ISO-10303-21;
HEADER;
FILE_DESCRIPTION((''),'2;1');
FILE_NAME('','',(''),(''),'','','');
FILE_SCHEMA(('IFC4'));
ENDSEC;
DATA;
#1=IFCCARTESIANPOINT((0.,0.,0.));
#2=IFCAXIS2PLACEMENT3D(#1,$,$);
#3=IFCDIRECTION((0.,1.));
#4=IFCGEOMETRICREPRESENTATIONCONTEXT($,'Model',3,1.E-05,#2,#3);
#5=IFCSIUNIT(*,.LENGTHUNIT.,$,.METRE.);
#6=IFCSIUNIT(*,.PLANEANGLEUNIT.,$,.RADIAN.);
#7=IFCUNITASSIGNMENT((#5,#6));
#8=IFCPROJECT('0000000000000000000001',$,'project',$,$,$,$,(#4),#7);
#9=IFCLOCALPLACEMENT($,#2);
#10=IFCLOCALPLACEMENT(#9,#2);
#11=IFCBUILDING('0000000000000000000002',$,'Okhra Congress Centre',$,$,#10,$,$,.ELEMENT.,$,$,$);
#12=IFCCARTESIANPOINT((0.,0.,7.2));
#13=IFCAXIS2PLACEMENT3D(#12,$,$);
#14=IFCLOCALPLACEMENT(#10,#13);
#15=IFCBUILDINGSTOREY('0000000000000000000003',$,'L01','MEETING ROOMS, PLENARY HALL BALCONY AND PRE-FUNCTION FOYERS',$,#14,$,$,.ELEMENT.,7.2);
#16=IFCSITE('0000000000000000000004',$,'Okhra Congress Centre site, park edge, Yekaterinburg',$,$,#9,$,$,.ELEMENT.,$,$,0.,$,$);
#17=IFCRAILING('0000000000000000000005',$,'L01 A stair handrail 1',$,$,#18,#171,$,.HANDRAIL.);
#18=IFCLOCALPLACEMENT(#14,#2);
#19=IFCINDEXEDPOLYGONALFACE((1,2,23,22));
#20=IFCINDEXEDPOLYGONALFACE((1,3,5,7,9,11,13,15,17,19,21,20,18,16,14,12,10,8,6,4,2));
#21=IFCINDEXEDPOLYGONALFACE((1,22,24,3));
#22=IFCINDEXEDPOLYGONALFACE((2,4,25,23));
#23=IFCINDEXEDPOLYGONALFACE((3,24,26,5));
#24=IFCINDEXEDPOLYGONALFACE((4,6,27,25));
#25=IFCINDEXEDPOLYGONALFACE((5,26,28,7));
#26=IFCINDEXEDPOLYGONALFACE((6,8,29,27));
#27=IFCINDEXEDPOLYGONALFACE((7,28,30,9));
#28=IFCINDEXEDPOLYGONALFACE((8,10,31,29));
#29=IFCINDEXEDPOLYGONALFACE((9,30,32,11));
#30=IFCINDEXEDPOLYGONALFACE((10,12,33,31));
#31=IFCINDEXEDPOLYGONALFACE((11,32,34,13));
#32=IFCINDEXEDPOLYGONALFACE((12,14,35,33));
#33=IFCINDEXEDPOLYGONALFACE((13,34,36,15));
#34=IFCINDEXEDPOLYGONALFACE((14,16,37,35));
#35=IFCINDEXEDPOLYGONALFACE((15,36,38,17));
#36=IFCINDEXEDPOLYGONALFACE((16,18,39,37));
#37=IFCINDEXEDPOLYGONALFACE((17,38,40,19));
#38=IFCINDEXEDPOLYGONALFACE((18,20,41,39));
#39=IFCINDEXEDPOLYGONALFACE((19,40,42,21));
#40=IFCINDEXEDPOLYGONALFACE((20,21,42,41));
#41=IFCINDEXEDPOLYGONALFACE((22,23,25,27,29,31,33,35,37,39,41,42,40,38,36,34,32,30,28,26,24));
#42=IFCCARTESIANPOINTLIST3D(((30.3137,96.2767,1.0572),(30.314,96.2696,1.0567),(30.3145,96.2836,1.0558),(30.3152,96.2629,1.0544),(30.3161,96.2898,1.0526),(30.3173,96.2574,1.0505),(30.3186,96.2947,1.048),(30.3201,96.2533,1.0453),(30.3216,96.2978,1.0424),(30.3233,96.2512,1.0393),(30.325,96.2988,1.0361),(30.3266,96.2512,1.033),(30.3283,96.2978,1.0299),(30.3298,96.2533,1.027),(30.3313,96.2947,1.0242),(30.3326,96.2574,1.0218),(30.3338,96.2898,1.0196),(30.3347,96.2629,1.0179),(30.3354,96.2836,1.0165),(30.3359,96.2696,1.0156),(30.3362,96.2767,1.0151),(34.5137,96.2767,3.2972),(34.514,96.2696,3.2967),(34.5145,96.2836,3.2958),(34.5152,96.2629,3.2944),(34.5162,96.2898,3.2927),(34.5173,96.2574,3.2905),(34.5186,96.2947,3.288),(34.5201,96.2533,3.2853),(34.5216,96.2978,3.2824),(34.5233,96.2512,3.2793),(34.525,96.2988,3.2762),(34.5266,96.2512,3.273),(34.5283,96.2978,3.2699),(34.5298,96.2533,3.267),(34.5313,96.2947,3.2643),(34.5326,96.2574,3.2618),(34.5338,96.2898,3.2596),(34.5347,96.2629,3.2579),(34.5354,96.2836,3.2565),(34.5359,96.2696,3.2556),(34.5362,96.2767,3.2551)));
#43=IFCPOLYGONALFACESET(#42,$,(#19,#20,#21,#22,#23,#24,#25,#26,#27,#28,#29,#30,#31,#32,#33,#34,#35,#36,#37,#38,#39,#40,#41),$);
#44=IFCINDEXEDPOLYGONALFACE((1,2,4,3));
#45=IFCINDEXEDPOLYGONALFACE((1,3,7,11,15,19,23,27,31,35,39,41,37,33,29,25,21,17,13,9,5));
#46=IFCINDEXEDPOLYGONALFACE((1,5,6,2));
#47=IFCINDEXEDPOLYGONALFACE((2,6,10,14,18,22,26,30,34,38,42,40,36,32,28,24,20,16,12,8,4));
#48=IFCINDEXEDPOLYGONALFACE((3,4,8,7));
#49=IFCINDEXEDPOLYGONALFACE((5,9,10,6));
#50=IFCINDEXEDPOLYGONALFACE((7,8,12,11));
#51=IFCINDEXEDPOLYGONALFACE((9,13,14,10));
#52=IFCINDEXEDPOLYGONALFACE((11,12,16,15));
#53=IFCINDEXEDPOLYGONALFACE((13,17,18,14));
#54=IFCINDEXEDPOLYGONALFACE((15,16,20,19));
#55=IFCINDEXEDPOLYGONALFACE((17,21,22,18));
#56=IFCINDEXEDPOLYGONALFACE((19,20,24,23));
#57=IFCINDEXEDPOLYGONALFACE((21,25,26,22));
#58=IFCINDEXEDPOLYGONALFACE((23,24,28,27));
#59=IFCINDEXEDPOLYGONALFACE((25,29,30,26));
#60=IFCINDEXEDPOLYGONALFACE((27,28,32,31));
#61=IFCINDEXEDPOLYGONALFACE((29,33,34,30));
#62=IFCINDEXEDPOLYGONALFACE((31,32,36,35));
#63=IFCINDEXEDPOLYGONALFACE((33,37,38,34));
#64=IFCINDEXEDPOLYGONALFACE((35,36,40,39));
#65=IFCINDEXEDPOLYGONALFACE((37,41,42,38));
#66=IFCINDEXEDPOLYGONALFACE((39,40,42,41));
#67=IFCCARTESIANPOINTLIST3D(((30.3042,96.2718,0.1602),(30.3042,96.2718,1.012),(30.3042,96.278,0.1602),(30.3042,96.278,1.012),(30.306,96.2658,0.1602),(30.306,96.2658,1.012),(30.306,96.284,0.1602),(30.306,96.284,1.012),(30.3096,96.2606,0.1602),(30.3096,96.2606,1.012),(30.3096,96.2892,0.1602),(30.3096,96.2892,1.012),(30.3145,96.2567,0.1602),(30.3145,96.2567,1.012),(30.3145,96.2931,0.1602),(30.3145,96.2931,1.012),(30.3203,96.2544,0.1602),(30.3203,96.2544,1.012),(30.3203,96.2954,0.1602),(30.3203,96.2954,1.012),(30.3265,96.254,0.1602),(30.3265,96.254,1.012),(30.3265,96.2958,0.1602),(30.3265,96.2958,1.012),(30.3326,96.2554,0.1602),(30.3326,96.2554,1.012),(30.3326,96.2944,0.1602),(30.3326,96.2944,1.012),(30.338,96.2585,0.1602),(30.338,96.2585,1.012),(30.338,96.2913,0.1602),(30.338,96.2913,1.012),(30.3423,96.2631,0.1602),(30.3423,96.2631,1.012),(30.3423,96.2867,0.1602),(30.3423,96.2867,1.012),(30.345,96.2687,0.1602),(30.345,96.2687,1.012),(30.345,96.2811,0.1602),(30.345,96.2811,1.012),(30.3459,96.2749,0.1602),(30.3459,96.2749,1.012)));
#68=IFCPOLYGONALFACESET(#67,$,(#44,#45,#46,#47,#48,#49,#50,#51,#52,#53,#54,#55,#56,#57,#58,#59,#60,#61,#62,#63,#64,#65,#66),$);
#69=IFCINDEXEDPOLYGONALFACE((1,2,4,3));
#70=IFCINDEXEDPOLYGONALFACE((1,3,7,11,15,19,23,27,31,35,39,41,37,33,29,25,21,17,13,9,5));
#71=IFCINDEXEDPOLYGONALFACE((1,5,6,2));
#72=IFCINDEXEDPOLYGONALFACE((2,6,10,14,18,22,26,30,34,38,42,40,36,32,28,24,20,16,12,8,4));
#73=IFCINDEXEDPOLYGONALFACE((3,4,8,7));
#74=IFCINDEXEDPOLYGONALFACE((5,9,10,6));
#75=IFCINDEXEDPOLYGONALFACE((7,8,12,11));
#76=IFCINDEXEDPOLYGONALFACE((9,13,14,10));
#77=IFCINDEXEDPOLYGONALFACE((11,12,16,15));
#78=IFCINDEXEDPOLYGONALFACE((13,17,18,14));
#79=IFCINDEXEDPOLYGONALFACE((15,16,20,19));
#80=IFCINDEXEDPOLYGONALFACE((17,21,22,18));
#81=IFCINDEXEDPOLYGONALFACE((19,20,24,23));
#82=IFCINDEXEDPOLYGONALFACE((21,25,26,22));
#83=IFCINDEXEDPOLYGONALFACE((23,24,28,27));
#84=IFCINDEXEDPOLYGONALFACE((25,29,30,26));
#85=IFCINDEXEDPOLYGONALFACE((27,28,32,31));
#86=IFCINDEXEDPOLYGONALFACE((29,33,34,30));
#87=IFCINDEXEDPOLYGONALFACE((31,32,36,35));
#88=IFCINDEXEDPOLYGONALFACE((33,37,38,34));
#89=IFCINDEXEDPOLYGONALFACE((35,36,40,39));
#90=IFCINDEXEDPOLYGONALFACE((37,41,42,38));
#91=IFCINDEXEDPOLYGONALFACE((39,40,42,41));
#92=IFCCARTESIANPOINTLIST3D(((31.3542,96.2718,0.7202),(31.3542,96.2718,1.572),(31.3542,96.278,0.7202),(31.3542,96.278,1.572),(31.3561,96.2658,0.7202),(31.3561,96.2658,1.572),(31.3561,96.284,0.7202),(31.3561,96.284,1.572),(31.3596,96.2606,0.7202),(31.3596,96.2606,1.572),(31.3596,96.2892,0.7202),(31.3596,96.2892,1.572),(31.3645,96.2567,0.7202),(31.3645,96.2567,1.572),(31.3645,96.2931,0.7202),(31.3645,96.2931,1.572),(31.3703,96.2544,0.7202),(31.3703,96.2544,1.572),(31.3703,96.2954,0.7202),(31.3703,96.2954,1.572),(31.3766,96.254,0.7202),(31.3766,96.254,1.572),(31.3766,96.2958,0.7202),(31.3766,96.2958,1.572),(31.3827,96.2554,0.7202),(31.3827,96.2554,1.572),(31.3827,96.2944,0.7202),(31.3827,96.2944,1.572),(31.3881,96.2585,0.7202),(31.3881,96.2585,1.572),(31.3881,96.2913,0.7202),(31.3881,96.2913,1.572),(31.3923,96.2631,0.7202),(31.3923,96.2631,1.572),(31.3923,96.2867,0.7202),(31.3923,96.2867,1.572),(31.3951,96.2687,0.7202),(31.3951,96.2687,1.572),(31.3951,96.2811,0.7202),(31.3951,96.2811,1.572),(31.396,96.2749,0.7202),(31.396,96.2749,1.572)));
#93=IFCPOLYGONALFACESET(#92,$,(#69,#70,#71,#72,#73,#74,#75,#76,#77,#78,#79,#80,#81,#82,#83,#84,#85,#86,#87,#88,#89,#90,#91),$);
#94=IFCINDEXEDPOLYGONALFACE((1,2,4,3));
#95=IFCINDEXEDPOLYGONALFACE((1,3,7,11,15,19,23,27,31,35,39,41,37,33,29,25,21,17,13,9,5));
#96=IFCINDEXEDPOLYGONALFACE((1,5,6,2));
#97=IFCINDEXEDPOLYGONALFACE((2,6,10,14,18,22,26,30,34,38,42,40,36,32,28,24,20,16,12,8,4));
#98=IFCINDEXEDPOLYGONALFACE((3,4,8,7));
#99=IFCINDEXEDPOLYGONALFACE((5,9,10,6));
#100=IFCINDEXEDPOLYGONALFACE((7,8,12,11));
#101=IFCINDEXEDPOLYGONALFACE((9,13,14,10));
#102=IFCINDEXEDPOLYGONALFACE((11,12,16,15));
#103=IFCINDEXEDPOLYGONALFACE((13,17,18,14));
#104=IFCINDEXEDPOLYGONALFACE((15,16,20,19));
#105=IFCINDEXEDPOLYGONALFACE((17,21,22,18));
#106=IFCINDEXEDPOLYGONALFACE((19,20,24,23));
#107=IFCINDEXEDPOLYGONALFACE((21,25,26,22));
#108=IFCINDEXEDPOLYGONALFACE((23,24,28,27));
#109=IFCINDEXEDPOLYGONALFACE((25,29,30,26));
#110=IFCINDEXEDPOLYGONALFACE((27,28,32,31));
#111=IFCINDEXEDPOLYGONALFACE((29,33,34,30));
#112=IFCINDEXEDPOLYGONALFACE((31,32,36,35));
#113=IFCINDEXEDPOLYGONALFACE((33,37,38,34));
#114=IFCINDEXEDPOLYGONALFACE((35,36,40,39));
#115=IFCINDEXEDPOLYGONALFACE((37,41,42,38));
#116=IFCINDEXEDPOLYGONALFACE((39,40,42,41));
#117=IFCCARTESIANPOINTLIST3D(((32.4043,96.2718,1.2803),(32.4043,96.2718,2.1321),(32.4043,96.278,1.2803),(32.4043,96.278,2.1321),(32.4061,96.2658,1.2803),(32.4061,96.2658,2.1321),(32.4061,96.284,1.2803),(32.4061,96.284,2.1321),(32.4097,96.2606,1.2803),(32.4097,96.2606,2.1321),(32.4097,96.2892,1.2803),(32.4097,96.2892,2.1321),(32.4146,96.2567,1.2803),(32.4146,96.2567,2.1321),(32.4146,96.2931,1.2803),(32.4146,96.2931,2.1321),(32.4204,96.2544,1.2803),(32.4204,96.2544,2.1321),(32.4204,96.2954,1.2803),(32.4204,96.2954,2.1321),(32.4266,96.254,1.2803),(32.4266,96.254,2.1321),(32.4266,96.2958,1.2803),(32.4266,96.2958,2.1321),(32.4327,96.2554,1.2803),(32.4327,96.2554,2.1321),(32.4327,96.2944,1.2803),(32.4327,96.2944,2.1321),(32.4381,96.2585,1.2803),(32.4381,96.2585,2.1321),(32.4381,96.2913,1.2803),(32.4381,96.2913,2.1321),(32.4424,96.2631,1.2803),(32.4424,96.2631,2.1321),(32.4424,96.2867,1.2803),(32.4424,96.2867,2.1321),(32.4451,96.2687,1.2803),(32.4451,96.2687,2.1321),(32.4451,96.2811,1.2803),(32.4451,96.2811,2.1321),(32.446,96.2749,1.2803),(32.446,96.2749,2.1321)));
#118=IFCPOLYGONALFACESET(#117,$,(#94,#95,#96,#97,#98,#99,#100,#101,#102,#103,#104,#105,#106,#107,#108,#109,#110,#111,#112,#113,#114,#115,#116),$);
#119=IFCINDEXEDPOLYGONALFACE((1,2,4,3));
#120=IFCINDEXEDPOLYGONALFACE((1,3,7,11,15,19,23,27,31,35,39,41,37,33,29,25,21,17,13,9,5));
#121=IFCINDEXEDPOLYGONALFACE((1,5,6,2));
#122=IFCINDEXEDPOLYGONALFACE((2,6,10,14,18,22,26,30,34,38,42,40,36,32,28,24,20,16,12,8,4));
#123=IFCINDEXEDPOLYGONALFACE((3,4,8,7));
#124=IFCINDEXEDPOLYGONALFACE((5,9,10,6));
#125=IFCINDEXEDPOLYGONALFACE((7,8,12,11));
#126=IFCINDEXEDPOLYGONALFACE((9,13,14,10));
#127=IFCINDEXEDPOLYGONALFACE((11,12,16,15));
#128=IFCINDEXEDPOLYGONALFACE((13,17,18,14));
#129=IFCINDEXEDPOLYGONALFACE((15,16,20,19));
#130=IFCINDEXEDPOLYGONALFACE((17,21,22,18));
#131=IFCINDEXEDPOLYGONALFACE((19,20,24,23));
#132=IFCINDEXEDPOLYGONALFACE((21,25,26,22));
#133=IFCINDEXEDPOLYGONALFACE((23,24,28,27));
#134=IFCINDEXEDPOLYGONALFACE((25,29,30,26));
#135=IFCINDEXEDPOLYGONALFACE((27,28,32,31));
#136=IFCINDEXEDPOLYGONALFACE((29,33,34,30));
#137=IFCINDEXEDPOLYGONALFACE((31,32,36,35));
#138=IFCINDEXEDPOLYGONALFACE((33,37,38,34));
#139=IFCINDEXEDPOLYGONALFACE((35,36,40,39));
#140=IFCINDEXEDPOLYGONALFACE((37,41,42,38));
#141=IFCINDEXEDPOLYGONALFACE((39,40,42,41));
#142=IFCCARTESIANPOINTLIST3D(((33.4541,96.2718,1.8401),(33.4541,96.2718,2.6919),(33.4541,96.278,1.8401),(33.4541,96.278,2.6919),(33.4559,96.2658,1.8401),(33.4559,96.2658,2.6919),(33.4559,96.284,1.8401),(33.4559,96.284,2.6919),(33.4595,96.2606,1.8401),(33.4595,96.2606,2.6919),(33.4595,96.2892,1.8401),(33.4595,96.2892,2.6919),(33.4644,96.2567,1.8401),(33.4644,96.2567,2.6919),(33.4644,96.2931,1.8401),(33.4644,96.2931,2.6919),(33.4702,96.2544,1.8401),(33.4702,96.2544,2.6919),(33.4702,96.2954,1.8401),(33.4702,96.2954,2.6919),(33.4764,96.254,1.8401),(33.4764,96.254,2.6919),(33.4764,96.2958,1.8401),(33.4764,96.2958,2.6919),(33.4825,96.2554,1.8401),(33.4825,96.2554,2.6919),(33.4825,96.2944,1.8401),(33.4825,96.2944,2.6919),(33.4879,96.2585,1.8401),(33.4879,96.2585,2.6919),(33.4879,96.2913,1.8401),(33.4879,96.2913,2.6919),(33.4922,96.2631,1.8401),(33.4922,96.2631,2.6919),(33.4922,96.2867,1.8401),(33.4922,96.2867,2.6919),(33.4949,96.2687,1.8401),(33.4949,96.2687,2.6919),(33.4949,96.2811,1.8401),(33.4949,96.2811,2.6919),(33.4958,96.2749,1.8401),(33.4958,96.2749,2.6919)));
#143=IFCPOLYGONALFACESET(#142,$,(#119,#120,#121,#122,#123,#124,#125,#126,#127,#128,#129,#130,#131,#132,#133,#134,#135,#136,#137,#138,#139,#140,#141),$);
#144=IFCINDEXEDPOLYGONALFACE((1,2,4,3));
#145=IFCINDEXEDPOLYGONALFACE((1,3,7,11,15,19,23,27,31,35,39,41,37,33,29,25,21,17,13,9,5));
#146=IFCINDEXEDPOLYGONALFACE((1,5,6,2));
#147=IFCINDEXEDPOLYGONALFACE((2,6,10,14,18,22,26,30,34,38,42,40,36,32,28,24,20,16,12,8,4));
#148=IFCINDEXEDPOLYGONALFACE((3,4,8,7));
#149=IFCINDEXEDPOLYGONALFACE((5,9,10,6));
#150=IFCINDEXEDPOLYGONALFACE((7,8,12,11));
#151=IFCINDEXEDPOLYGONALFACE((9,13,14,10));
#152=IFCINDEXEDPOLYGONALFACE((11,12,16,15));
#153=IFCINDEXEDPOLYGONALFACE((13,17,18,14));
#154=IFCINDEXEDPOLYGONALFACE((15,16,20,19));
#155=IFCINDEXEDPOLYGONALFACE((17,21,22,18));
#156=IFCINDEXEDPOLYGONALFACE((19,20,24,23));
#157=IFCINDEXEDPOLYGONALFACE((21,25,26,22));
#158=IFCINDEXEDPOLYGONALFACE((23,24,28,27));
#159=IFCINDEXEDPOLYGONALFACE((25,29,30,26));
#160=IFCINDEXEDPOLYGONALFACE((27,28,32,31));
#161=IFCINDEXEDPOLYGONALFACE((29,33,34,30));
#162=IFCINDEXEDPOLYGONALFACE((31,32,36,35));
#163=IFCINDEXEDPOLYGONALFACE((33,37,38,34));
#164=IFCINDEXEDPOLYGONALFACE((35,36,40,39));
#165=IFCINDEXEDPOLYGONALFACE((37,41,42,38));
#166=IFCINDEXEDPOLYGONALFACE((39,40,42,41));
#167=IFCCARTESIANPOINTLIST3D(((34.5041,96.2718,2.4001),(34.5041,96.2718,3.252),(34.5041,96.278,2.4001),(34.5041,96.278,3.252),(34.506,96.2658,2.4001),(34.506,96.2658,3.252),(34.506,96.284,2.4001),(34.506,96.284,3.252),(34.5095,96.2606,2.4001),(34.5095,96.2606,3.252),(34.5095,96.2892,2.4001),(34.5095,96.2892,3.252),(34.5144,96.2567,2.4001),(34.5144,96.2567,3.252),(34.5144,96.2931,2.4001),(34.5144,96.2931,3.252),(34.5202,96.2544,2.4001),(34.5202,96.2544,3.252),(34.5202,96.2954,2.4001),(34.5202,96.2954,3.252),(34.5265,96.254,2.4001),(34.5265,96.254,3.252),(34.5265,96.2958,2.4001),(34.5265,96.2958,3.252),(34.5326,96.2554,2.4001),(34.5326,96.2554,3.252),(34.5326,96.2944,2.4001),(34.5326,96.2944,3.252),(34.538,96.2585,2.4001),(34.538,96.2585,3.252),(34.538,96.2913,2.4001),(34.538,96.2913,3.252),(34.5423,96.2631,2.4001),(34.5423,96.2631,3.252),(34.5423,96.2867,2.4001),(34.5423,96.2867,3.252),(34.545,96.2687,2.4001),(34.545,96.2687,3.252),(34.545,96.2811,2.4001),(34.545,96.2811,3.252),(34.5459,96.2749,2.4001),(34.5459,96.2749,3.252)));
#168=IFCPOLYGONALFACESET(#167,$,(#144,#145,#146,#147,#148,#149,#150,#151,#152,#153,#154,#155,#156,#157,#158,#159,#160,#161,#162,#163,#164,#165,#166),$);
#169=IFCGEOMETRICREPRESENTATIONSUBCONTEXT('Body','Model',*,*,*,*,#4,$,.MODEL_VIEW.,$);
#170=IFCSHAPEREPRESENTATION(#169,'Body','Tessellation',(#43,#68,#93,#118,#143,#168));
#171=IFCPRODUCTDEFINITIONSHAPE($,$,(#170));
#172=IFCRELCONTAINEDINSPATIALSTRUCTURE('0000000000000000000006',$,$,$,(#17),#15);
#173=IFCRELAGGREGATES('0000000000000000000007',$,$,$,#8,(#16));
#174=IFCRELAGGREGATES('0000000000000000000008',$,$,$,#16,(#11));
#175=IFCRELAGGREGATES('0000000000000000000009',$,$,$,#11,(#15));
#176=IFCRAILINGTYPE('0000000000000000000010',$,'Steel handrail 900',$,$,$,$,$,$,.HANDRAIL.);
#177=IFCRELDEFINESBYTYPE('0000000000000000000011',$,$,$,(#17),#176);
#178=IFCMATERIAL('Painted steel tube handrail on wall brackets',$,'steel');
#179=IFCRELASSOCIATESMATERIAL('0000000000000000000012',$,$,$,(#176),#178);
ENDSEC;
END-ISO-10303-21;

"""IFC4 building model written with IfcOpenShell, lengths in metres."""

from ifc_helpers import new_model, si_unit, direction, frame, origin, origin_2d, place, context, subcontext, project, spatial, circle, extrude, material, type_object, element, save


model = new_model("IFC4")

# Units and contexts
model_context = context("Model", 3, precision=1e-05, world=origin(), true_north=direction((0.0, 1.0)))
body_context = subcontext(model_context, "Body", "Model", "MODEL_VIEW")
ifc_project = project(units=[si_unit("LENGTHUNIT", "METRE"), si_unit("PLANEANGLEUNIT", "RADIAN")], contexts=[model_context])

# Site, building, storey
site_placement = place(None, origin())
site = spatial("IfcSite", under=ifc_project, at=site_placement, Name="Okhra Congress Centre site, park edge, Yekaterinburg", CompositionType="ELEMENT", RefElevation=0.0)
building_placement = place(site_placement, origin())
building = spatial("IfcBuilding", under=site, at=building_placement, Name="Okhra Congress Centre", CompositionType="ELEMENT")
storey_placement = place(building_placement, frame((0.0, 0.0, 7.2)))
storey = spatial("IfcBuildingStorey", under=building, at=storey_placement, Name="L01", Description="MEETING ROOMS, PLENARY HALL BALCONY AND PRE-FUNCTION FOYERS", CompositionType="ELEMENT", Elevation=7.2)

# Railing
ifc_material_1 = material(Name="Painted steel tube handrail on wall brackets", Category="steel")
railing_type_1 = type_object("IfcRailingType", Name="Steel handrail 900", PredefinedType="HANDRAIL", material=ifc_material_1)
railing_1_placement = place(storey_placement, frame((30.325, 96.2749, 0.1602)))
element("IfcRailing", 1, at=railing_1_placement, inside=storey, type_object=railing_type_1, Name="L01 A stair handrail 1", PredefinedType="HANDRAIL", context=body_context, shape_type="SweptSolid", body=[
    extrude(circle(Radius=0.0239, at=origin_2d()), frame((0.0, 0.0, 0.876), z_axis=(0.882352, 0.0, 0.470591), x_axis=(0.0, 1.0, 0.0)), (0.0, 0.0, 1.0), 4.76),
    extrude(circle(Radius=0.021, at=origin_2d()), origin(), (0.0, 0.0, 1.0), 0.8518),
    extrude(circle(Radius=0.021, at=origin_2d()), frame((1.05, 0.0, 0.5601)), (0.0, 0.0, 1.0), 0.8518),
    extrude(circle(Radius=0.021, at=origin_2d()), frame((2.1001, 0.0, 1.1201)), (0.0, 0.0, 1.0), 0.8518),
    extrude(circle(Radius=0.021, at=origin_2d()), frame((3.1499, 0.0, 1.6799)), (0.0, 0.0, 1.0), 0.8518),
    extrude(circle(Radius=0.021, at=origin_2d()), frame((4.2, 0.0, 2.24)), (0.0, 0.0, 1.0), 0.8518),
])

save(model, "model.ifc")
